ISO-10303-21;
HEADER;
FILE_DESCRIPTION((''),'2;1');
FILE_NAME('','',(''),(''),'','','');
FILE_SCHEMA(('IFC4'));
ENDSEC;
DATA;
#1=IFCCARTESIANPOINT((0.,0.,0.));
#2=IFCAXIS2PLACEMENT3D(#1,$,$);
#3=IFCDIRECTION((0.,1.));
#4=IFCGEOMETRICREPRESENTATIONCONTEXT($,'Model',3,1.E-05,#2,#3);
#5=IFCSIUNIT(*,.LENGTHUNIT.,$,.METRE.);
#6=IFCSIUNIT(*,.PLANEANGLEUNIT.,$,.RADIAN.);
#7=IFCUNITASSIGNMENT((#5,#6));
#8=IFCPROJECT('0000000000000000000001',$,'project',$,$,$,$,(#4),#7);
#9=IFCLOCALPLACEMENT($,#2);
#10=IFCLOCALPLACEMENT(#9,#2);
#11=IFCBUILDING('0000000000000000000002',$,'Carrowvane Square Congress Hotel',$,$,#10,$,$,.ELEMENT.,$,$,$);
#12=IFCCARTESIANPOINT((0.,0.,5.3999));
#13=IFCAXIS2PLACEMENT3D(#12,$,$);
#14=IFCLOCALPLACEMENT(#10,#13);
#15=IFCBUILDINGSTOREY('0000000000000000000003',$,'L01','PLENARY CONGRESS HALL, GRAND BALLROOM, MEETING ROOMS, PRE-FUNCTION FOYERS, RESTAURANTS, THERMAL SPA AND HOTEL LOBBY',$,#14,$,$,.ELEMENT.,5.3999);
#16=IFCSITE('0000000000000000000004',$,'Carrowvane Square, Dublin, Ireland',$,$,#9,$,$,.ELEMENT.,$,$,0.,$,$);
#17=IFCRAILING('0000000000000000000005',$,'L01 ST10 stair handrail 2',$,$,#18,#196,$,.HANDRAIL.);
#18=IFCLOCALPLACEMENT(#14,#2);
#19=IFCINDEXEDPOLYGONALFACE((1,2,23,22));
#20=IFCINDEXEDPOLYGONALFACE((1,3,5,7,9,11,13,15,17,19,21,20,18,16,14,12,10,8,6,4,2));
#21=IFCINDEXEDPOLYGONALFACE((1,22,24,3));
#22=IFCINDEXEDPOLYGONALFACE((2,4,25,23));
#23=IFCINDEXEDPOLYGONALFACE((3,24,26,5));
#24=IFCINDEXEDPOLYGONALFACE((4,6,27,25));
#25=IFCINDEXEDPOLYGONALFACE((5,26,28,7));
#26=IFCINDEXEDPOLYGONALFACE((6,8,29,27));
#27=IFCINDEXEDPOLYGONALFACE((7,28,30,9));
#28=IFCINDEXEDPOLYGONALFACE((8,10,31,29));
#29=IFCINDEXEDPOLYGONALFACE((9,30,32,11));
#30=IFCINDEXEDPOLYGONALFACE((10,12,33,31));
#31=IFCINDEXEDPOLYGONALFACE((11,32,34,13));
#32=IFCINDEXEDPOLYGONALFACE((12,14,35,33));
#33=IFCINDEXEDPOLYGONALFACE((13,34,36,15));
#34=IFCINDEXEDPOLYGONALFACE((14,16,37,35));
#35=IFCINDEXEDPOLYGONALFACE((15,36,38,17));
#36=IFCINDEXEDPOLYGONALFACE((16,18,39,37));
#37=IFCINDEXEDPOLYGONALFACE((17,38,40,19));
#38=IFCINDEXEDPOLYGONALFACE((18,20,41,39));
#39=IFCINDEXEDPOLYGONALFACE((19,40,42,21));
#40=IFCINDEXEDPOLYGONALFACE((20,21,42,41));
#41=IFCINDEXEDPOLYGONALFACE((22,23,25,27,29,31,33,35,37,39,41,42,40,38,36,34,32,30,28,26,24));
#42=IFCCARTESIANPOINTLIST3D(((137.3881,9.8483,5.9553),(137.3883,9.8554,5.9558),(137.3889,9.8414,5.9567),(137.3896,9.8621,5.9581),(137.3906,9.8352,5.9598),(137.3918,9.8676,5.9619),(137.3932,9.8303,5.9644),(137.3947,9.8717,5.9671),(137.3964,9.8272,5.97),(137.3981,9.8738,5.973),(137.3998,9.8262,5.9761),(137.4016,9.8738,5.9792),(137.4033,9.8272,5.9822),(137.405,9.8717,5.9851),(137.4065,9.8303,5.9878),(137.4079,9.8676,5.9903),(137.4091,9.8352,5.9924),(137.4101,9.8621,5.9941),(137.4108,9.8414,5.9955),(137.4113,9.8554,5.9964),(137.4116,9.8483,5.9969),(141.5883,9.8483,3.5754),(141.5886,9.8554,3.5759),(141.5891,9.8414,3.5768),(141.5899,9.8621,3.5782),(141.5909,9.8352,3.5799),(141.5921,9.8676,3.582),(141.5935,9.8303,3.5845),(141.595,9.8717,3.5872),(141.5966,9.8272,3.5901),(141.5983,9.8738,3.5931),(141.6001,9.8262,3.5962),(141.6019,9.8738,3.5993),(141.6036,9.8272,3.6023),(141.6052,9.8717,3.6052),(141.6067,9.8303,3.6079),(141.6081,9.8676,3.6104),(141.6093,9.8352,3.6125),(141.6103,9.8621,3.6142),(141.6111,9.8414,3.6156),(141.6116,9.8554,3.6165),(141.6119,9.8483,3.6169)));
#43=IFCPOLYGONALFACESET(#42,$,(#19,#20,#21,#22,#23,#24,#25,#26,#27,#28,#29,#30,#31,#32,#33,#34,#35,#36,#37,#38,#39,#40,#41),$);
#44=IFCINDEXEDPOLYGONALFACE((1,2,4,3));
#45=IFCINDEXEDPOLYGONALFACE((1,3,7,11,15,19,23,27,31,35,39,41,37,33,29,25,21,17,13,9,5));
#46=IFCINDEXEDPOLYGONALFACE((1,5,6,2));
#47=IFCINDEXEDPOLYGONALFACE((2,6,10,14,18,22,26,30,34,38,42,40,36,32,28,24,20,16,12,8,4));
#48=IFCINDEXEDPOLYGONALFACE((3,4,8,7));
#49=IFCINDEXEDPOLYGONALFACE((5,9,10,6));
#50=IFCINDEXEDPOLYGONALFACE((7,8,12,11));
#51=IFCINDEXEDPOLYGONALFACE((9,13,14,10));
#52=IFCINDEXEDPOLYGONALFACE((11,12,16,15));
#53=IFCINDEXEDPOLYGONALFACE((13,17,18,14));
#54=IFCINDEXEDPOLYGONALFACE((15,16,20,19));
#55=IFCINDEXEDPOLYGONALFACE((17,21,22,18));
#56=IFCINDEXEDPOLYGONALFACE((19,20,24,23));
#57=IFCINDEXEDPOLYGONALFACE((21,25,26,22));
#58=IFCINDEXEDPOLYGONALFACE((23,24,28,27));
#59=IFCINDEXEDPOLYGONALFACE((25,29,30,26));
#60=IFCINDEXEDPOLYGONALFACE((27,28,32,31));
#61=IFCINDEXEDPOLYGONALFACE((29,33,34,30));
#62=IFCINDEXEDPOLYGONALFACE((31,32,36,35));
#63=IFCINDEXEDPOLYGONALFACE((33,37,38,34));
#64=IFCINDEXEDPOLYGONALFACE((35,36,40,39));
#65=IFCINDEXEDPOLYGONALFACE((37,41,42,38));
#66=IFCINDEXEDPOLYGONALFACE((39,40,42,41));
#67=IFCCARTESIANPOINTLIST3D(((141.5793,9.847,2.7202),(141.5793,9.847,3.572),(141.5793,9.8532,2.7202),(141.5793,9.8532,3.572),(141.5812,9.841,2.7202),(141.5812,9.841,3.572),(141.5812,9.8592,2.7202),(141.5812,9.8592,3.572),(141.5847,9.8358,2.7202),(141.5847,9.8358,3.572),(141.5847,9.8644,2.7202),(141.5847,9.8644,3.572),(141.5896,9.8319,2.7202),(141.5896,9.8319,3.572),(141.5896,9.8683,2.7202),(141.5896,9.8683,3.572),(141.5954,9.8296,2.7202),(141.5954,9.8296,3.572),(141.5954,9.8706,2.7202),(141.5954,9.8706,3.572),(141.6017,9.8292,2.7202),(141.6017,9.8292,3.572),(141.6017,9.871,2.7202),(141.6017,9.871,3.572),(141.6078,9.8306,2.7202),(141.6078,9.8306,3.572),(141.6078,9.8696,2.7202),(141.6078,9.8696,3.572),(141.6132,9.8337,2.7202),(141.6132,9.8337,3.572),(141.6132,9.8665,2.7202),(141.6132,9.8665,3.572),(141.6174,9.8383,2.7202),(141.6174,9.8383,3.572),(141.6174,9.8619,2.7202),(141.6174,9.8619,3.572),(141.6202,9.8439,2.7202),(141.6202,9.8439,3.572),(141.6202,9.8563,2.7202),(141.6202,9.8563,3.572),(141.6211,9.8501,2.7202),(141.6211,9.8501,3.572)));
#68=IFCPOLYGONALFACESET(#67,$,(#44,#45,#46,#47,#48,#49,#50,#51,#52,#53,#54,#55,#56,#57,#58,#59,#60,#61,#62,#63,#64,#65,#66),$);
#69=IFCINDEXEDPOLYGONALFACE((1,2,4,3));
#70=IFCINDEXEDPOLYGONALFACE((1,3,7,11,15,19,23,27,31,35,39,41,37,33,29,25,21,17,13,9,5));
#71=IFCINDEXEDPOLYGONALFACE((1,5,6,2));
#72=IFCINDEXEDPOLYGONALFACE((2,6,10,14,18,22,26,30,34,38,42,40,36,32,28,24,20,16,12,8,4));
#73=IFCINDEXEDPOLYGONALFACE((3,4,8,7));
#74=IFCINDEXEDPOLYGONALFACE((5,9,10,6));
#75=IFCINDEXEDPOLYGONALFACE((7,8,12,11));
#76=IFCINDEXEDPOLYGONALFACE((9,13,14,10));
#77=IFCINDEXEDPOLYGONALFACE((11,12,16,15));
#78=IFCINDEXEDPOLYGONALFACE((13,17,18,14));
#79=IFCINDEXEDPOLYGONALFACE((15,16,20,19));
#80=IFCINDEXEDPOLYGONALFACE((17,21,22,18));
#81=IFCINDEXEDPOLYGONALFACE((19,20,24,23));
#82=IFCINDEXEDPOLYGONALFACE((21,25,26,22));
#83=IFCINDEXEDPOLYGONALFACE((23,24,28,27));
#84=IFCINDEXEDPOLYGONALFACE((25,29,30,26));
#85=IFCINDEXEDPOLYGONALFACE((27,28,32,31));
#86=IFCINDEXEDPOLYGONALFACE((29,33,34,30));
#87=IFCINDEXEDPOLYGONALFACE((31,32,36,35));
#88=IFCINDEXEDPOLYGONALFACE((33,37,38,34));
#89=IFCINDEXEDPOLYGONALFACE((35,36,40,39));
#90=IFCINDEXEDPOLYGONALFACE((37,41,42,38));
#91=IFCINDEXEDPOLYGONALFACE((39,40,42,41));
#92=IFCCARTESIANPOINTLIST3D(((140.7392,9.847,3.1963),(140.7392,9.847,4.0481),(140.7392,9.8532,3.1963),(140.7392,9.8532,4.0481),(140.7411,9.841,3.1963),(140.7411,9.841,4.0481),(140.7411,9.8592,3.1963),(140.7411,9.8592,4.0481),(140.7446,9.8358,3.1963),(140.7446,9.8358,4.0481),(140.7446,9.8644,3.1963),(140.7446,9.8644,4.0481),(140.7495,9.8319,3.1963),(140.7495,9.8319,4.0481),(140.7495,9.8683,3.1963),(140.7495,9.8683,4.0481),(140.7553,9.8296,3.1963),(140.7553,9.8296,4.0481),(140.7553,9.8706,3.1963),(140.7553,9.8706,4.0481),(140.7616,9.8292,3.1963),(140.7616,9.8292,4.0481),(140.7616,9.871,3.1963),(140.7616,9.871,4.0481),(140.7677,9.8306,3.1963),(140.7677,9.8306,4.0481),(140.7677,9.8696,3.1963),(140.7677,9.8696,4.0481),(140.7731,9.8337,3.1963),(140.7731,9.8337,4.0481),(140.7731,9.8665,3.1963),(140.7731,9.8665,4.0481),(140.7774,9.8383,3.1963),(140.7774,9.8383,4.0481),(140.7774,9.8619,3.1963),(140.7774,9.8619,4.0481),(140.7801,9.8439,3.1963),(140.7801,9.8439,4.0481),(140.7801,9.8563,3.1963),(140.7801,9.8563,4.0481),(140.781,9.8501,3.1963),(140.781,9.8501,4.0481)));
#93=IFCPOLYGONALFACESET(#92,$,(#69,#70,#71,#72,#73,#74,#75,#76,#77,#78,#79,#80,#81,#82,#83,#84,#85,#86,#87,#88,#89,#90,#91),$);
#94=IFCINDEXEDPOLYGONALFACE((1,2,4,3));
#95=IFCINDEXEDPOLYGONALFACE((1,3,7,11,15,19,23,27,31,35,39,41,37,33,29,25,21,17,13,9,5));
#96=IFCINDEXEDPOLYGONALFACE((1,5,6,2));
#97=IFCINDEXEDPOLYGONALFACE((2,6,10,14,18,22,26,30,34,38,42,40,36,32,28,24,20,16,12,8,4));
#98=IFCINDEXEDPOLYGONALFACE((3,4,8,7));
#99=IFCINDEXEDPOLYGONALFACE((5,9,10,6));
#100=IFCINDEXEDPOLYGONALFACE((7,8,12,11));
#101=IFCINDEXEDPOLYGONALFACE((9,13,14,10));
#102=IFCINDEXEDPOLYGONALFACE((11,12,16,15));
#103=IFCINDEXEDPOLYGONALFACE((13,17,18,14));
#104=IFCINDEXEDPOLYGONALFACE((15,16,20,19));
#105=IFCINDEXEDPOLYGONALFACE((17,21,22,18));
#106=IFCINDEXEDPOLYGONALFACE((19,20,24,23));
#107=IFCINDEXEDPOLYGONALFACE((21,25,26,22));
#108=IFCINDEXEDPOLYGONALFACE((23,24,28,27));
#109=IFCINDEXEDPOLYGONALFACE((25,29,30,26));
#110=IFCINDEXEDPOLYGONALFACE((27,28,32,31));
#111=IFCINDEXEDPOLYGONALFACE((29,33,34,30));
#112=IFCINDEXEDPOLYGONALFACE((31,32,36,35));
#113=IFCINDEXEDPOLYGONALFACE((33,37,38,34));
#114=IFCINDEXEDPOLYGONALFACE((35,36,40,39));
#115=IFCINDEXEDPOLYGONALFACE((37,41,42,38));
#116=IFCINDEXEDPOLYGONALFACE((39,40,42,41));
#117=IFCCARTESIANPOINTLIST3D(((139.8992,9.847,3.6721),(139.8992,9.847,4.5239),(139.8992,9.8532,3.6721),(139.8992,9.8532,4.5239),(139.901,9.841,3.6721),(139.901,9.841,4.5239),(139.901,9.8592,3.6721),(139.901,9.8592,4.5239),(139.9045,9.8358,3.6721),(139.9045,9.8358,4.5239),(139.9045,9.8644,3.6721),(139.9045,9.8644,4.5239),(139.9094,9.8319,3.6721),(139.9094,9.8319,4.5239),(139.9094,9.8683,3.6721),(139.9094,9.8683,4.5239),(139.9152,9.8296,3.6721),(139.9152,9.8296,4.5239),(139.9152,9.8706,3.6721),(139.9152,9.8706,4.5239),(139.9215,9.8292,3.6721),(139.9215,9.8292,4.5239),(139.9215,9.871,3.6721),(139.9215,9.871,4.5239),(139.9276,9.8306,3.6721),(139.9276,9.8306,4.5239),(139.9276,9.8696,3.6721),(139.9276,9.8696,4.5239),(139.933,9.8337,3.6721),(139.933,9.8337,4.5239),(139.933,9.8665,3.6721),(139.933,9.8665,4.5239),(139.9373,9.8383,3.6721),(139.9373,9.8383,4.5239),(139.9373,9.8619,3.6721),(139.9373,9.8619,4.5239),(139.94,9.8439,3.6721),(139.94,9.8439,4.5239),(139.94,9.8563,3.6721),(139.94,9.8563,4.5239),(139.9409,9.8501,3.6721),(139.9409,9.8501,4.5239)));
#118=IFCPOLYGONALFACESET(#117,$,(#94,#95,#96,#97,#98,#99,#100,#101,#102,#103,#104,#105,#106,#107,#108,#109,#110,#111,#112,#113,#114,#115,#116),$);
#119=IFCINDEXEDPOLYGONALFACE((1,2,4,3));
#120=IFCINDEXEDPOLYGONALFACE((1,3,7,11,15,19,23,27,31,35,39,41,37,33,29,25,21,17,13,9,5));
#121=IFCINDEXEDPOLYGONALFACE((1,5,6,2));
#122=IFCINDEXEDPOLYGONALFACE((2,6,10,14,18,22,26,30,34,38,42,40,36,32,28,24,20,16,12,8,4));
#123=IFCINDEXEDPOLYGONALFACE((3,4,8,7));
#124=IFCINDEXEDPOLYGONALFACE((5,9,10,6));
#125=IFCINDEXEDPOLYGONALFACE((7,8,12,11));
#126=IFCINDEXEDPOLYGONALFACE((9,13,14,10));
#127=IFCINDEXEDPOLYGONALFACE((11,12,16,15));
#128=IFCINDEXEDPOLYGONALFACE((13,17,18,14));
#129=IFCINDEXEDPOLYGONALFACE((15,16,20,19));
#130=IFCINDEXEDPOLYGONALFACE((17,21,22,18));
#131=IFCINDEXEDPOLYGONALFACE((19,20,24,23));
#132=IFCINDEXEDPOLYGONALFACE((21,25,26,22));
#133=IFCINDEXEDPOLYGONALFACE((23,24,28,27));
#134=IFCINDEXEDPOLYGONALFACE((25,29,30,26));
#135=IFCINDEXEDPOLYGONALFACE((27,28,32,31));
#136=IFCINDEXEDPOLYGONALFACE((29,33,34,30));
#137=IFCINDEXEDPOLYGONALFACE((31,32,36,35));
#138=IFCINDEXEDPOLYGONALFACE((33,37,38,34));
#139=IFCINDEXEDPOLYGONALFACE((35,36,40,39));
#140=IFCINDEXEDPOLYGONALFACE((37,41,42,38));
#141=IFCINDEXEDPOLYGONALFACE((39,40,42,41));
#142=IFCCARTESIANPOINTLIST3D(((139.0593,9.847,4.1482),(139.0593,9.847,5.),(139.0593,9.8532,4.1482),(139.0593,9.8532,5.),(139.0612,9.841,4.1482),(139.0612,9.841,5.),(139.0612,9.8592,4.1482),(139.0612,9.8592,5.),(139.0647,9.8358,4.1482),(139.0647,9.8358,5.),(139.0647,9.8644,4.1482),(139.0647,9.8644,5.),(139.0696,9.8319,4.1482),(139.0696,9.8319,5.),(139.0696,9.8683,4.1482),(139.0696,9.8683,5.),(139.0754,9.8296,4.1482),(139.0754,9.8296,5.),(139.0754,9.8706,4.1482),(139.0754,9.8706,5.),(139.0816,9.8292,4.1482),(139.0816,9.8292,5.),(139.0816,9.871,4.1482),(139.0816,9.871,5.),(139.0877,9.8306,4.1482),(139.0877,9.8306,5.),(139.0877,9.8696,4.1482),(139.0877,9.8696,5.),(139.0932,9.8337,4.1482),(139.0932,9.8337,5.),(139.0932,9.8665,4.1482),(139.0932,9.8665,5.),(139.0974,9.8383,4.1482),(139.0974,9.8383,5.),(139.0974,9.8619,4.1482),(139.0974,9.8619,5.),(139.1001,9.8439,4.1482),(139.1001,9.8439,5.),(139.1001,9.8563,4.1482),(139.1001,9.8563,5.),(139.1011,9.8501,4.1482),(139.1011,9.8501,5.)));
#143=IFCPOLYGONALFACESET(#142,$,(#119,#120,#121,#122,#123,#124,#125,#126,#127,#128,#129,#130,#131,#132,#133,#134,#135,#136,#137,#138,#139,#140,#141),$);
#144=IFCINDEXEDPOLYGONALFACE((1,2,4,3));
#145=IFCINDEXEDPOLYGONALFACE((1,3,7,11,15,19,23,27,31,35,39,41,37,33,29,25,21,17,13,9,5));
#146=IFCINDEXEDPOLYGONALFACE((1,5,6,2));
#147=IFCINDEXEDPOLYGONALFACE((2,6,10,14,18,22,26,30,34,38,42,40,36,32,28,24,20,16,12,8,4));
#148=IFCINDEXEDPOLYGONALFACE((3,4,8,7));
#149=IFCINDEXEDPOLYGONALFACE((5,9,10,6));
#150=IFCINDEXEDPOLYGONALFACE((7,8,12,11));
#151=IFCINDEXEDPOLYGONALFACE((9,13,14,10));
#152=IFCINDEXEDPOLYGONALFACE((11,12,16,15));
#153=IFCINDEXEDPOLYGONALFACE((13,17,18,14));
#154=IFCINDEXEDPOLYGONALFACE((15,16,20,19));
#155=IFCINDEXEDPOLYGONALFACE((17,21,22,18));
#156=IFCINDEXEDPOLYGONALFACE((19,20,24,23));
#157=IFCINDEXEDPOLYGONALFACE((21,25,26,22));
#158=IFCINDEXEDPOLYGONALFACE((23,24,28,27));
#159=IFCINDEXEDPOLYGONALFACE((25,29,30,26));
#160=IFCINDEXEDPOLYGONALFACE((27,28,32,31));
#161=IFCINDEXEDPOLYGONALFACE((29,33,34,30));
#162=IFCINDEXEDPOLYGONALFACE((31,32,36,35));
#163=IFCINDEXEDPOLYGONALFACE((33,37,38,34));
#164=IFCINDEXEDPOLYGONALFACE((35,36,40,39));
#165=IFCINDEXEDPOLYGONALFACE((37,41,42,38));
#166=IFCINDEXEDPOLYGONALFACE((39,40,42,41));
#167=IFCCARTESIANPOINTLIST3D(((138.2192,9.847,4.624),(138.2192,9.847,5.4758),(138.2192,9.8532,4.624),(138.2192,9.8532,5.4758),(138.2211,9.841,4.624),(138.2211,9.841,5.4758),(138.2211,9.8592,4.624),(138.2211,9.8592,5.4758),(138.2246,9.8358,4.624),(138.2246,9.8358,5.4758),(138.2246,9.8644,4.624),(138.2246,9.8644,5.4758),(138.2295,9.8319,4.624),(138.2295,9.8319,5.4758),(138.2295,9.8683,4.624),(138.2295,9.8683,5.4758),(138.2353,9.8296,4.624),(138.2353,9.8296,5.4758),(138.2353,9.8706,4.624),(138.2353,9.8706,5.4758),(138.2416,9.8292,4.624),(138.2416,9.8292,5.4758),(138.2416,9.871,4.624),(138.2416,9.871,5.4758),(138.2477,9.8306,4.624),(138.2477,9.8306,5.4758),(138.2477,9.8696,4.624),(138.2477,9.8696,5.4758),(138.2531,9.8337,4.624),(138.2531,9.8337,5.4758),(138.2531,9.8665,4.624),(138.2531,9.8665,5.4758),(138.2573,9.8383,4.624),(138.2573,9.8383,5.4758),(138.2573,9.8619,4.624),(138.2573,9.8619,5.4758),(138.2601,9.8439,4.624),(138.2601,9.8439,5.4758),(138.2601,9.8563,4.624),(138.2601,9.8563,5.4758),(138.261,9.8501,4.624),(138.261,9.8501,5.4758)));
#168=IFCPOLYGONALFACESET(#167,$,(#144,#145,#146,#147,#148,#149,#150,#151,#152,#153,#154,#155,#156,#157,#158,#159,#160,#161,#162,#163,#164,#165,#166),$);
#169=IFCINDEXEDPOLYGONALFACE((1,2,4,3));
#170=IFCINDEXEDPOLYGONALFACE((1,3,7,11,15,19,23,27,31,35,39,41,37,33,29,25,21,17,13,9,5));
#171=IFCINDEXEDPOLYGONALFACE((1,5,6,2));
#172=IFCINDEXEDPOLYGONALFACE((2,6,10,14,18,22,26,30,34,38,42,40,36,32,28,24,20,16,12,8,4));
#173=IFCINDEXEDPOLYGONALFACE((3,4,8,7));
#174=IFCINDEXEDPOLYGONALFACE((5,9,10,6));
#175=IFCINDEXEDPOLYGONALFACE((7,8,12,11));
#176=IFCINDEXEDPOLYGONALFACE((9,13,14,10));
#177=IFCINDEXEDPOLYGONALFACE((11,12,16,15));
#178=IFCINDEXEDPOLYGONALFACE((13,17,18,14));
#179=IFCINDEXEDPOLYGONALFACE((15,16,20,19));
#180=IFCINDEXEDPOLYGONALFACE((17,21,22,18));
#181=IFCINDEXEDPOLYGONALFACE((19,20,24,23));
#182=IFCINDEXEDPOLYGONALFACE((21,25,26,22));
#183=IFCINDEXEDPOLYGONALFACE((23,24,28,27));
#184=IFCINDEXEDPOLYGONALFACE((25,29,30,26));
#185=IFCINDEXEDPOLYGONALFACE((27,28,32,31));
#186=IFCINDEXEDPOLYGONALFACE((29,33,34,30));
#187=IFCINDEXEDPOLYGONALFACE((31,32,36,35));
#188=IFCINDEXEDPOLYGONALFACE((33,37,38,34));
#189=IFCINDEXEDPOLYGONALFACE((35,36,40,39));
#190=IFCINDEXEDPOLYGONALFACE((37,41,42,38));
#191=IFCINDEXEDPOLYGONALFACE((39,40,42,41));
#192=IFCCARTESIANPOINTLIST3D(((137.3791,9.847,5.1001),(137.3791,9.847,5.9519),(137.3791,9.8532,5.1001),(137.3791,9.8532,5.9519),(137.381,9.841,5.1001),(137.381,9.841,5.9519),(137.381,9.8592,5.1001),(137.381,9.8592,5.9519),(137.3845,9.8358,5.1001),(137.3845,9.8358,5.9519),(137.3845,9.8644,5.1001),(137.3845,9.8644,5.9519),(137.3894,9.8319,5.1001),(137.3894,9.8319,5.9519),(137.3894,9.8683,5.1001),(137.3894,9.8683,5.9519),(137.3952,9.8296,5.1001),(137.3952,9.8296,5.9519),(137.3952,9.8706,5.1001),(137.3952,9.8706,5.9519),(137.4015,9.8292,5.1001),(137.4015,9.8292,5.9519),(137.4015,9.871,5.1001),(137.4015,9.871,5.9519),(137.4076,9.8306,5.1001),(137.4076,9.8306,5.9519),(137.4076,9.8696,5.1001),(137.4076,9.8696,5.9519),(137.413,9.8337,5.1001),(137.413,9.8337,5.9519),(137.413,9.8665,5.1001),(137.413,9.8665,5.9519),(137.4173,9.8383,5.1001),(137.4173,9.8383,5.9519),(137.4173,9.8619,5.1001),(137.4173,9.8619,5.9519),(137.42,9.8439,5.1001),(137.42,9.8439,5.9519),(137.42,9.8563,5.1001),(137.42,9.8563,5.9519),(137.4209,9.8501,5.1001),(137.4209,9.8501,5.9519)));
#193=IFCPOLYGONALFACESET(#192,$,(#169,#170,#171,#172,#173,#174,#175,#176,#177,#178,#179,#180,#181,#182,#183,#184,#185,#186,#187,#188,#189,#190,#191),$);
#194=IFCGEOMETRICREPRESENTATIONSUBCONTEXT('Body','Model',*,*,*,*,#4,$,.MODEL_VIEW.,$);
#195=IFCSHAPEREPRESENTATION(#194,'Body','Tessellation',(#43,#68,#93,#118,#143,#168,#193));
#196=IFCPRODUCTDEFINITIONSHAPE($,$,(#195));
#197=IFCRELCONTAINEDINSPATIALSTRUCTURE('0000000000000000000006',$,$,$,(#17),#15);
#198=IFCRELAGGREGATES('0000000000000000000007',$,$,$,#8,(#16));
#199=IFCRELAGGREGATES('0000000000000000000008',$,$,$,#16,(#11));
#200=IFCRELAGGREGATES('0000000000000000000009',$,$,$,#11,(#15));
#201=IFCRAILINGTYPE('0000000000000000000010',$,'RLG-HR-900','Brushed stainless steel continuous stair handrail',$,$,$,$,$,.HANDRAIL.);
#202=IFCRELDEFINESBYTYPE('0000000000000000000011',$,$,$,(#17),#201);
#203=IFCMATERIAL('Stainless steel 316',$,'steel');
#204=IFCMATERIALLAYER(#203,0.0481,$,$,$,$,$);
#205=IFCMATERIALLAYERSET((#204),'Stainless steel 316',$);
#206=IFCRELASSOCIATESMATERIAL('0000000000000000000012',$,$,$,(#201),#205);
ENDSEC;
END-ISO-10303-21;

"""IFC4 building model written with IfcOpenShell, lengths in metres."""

from ifc_helpers import new_model, si_unit, direction, frame, origin, origin_2d, place, context, subcontext, project, spatial, circle, extrude, material, layer, layer_set, type_object, element, save


model = new_model("IFC4")

# Units and contexts
model_context = context("Model", 3, precision=1e-05, world=origin(), true_north=direction((0.0, 1.0)))
body_context = subcontext(model_context, "Body", "Model", "MODEL_VIEW")
ifc_project = project(units=[si_unit("LENGTHUNIT", "METRE"), si_unit("PLANEANGLEUNIT", "RADIAN")], contexts=[model_context])

# Site, building, storey
site_placement = place(None, origin())
site = spatial("IfcSite", under=ifc_project, at=site_placement, Name="Carrowvane Square, Dublin, Ireland", CompositionType="ELEMENT", RefElevation=0.0)
building_placement = place(site_placement, origin())
building = spatial("IfcBuilding", under=site, at=building_placement, Name="Carrowvane Square Congress Hotel", CompositionType="ELEMENT")
storey_placement = place(building_placement, frame((0.0, 0.0, 5.3999)))
storey = spatial("IfcBuildingStorey", under=building, at=storey_placement, Name="L01", Description="PLENARY CONGRESS HALL, GRAND BALLROOM, MEETING ROOMS, PRE-FUNCTION FOYERS, RESTAURANTS, THERMAL SPA AND HOTEL LOBBY", CompositionType="ELEMENT", Elevation=5.3999)

# Railing
ifc_material_1 = material(Name="Stainless steel 316", Category="steel")
ifc_layer_1 = layer(ifc_material_1, 0.0481)
ifc_layer_set_1 = layer_set([ifc_layer_1], Name="Stainless steel 316")
railing_type_1 = type_object("IfcRailingType", Name="RLG-HR-900", Description="Brushed stainless steel continuous stair handrail", PredefinedType="HANDRAIL", material=ifc_layer_set_1)
railing_1_placement = place(storey_placement, frame((141.6001, 9.8501, 2.7202)))
element("IfcRailing", 1, at=railing_1_placement, inside=storey, type_object=railing_type_1, Name="L01 ST10 stair handrail 2", PredefinedType="HANDRAIL", context=body_context, shape_type="SweptSolid", body=[
    extrude(circle(Radius=0.0239, at=origin_2d()), frame((0.0, 0.0, 0.876), z_axis=(-0.870042, 0.0, 0.492977), x_axis=(0.0, -1.0, 0.0)), (0.0, 0.0, 1.0), 4.8276),
    extrude(circle(Radius=0.021, at=origin_2d()), origin(), (0.0, 0.0, 1.0), 0.8518),
    extrude(circle(Radius=0.021, at=origin_2d()), frame((-0.8401, 0.0, 0.4761)), (0.0, 0.0, 1.0), 0.8518),
    extrude(circle(Radius=0.021, at=origin_2d()), frame((-1.6802, 0.0, 0.9519)), (0.0, 0.0, 1.0), 0.8518),
    extrude(circle(Radius=0.021, at=origin_2d()), frame((-2.52, 0.0, 1.428)), (0.0, 0.0, 1.0), 0.8518),
    extrude(circle(Radius=0.021, at=origin_2d()), frame((-3.3601, 0.0, 1.9038)), (0.0, 0.0, 1.0), 0.8518),
    extrude(circle(Radius=0.021, at=origin_2d()), frame((-4.2002, 0.0, 2.3799)), (0.0, 0.0, 1.0), 0.8518),
])

save(model, "model.ifc")
